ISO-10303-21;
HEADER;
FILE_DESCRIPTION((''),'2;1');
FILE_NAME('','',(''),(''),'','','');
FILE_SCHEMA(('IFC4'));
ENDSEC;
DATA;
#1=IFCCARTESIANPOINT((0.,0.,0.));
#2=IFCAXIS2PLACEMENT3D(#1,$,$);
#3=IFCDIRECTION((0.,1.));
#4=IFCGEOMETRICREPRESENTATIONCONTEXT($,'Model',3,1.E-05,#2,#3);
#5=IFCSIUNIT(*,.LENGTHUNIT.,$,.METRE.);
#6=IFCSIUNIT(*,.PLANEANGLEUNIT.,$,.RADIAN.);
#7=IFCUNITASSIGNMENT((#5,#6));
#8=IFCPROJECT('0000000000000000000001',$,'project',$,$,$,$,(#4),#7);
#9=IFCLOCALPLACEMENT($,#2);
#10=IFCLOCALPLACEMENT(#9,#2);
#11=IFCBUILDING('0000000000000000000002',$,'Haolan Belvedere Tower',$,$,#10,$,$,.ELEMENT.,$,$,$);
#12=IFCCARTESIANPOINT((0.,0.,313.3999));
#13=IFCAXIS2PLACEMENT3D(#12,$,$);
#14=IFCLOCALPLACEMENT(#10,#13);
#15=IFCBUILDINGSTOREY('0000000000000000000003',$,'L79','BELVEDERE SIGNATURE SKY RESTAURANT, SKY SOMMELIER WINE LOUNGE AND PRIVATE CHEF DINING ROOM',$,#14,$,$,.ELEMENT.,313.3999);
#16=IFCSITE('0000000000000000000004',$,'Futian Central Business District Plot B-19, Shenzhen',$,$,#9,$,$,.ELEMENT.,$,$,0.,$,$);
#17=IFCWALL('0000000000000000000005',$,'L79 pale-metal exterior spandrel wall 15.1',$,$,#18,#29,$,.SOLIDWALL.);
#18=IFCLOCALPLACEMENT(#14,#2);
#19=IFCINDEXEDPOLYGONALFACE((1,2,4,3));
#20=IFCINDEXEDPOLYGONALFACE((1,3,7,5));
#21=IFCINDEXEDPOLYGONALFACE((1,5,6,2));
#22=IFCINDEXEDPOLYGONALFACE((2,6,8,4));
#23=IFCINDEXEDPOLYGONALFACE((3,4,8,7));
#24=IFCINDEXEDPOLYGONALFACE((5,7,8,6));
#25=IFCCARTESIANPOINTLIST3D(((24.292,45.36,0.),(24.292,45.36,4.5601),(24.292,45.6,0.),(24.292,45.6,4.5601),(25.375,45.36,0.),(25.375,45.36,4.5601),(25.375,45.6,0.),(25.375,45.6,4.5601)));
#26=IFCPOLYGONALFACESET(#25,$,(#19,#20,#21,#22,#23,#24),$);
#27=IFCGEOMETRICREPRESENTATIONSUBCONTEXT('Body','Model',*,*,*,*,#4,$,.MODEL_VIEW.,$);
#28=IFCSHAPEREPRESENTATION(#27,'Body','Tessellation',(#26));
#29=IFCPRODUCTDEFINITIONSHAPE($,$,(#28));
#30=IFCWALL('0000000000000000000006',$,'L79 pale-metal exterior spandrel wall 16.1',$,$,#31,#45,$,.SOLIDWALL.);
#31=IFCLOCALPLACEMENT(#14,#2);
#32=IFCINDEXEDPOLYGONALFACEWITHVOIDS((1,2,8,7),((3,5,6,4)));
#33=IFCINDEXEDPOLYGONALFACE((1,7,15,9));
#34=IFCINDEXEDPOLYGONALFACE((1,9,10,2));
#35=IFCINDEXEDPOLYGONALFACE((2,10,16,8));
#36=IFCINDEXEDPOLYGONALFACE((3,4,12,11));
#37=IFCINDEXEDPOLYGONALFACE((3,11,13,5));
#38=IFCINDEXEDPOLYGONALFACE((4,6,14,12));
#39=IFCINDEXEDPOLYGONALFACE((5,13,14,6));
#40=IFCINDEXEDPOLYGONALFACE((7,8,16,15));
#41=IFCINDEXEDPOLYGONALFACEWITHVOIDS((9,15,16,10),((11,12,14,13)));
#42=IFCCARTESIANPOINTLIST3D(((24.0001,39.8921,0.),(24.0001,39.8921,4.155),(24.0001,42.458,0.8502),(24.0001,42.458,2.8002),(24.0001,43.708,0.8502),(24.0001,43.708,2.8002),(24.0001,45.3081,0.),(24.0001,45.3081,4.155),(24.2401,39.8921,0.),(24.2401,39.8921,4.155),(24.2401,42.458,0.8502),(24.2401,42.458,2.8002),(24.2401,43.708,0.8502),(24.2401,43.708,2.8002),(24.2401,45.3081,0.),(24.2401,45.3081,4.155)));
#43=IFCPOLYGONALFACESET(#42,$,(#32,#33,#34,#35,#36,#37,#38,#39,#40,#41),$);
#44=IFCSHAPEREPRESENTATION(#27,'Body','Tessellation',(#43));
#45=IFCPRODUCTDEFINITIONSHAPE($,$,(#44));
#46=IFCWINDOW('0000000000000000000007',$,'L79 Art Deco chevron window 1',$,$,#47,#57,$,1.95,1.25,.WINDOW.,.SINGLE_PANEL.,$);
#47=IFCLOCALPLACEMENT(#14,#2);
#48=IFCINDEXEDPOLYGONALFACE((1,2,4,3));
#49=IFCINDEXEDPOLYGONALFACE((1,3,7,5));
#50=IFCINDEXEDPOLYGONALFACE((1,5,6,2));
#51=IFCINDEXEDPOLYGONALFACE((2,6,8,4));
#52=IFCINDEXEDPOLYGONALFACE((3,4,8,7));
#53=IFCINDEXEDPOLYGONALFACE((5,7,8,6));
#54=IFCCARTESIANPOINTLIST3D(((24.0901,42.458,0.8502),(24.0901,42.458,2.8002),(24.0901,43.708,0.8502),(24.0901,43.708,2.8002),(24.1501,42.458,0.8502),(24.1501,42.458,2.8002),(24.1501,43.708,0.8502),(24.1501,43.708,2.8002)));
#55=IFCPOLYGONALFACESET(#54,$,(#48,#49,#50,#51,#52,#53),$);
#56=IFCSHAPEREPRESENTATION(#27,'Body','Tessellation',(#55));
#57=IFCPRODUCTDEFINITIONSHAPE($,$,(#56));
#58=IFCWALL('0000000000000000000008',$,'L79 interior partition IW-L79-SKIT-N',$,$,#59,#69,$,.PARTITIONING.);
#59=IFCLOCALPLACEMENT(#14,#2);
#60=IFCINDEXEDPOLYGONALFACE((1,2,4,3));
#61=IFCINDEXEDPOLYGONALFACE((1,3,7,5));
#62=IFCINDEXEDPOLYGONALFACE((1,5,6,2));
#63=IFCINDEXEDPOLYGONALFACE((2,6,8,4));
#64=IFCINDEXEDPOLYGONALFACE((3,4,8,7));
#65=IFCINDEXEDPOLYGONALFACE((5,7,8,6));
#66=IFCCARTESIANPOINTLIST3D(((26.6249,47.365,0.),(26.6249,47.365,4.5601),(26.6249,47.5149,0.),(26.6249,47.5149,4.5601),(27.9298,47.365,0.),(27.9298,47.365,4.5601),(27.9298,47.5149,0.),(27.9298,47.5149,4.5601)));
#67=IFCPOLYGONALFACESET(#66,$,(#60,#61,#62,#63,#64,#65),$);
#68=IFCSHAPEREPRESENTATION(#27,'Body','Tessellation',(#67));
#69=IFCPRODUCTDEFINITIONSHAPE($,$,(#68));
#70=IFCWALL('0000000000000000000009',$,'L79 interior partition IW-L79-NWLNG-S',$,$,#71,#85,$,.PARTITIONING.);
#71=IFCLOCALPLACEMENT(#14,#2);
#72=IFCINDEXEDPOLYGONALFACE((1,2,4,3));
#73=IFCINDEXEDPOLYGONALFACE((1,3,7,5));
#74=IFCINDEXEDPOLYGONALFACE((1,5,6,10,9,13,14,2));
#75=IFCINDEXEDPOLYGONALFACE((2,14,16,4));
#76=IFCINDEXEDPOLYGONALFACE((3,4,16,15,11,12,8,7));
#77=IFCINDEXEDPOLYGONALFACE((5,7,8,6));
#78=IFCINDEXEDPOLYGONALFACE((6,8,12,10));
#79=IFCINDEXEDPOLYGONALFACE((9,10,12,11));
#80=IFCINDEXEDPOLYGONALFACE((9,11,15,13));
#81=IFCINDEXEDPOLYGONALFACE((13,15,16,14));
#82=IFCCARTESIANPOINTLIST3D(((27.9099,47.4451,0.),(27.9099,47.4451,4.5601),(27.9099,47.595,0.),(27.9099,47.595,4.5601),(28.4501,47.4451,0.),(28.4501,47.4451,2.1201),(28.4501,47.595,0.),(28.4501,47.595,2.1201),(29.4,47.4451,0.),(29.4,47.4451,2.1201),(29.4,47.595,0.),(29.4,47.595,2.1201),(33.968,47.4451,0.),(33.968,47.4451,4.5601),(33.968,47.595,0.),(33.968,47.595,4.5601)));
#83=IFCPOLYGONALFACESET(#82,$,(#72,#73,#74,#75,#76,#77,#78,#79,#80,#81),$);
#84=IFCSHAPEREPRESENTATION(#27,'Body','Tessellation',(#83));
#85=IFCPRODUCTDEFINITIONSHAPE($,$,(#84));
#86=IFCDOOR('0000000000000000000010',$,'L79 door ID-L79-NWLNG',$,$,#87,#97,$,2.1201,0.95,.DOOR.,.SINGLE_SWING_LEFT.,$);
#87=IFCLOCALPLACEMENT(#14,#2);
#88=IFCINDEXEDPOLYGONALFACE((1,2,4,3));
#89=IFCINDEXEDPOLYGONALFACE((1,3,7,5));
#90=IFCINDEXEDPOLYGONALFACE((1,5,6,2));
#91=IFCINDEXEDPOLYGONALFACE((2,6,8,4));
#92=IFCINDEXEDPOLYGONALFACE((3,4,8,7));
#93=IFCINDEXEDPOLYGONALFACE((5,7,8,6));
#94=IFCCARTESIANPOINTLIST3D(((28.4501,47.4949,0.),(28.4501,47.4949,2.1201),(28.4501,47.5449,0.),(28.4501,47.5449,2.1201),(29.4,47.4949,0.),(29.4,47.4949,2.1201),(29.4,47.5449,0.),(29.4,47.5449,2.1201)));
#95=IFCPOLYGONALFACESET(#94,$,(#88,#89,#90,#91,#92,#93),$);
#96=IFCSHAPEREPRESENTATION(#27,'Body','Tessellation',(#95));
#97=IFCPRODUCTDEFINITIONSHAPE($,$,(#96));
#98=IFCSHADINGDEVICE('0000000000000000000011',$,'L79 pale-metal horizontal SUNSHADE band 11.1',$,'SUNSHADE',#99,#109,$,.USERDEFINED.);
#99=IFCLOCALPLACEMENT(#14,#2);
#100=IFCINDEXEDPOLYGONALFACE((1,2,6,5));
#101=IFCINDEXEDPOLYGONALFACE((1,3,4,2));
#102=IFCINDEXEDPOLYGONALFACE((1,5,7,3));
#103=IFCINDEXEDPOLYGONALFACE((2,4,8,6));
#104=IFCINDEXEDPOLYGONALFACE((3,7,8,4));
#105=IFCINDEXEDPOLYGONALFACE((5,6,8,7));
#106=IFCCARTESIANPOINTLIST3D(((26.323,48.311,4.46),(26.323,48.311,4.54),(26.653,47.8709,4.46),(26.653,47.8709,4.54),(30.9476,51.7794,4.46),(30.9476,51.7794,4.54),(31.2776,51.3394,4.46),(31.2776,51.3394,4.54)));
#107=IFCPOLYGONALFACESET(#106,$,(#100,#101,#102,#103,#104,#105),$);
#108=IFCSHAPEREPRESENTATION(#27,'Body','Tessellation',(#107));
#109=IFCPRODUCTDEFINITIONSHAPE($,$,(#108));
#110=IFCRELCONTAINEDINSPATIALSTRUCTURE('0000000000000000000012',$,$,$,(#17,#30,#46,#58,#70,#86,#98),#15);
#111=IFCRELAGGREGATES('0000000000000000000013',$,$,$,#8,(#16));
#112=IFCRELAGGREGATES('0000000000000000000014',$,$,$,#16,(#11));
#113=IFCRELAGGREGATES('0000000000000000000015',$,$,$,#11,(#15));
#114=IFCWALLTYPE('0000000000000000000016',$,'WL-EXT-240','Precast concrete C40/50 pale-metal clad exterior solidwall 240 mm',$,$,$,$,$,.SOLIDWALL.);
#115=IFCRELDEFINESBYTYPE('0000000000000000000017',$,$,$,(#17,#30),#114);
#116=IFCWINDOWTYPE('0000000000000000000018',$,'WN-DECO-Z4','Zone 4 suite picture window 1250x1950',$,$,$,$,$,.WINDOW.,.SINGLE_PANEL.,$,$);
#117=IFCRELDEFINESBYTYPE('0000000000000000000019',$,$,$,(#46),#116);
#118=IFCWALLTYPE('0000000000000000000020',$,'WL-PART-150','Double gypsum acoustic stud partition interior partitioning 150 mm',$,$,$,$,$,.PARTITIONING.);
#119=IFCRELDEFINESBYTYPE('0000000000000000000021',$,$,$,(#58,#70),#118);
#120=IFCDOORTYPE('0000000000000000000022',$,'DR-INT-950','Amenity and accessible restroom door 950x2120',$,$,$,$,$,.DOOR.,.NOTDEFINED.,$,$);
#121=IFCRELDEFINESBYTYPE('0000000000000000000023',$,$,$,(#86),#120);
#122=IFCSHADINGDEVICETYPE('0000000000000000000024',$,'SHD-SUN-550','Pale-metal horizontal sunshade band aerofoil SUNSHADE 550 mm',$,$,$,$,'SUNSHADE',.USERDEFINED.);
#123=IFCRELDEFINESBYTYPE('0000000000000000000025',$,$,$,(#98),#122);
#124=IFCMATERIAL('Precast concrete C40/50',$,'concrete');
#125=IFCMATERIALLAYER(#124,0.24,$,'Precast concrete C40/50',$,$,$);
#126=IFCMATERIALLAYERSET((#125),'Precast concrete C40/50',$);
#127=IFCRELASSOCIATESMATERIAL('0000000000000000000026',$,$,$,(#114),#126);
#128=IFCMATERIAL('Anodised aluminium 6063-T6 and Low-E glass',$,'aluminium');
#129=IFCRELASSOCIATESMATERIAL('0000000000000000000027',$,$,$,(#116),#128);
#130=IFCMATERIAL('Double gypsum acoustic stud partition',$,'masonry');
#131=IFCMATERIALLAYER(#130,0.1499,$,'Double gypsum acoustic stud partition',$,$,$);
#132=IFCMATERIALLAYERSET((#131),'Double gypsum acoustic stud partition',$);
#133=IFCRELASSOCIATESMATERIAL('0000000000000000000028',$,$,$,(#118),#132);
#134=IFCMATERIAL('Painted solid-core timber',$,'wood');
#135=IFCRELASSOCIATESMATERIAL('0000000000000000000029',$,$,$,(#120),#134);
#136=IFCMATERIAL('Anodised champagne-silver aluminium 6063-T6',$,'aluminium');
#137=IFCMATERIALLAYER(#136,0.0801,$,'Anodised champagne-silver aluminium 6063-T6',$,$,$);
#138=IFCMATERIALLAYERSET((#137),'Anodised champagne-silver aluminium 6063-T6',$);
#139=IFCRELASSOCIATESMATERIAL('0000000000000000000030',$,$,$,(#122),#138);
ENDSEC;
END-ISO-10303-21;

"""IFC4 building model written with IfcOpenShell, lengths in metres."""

from ifc_helpers import new_model, si_unit, direction, frame, frame_2d, origin, origin_2d, place, context, subcontext, project, spatial, rectangle, extrude, material, layer, layer_set, type_object, element, fill, save


model = new_model("IFC4")

# Units and contexts
model_context = context("Model", 3, precision=1e-05, world=origin(), true_north=direction((0.0, 1.0)))
body_context = subcontext(model_context, "Body", "Model", "MODEL_VIEW")
ifc_project = project(units=[si_unit("LENGTHUNIT", "METRE"), si_unit("PLANEANGLEUNIT", "RADIAN")], contexts=[model_context])

# Site, building, storey
site_placement = place(None, origin())
site = spatial("IfcSite", under=ifc_project, at=site_placement, Name="Futian Central Business District Plot B-19, Shenzhen", CompositionType="ELEMENT", RefElevation=0.0)
building_placement = place(site_placement, origin())
building = spatial("IfcBuilding", under=site, at=building_placement, Name="Haolan Belvedere Tower", CompositionType="ELEMENT")
storey_placement = place(building_placement, frame((0.0, 0.0, 313.3999)))
storey = spatial("IfcBuildingStorey", under=building, at=storey_placement, Name="L79", Description="BELVEDERE SIGNATURE SKY RESTAURANT, SKY SOMMELIER WINE LOUNGE AND PRIVATE CHEF DINING ROOM", CompositionType="ELEMENT", Elevation=313.3999)

# Wall
ifc_material_1 = material(Name="Precast concrete C40/50", Category="concrete")
ifc_layer_1 = layer(ifc_material_1, 0.24, Name="Precast concrete C40/50")
ifc_layer_set_1 = layer_set([ifc_layer_1], Name="Precast concrete C40/50")
wall_type_1 = type_object("IfcWallType", Name="WL-EXT-240", Description="Precast concrete C40/50 pale-metal clad exterior solidwall 240 mm", PredefinedType="SOLIDWALL", material=ifc_layer_set_1)
wall_1_placement = place(storey_placement, frame((25.375, 45.48, 0.0), z_axis=(0.0, 0.0, 1.0), x_axis=(-1.0, 0.0, 0.0)))
element("IfcWall", 1, at=wall_1_placement, inside=storey, type_object=wall_type_1, Name="L79 pale-metal exterior spandrel wall 15.1", PredefinedType="SOLIDWALL", context=body_context, shape_type="SweptSolid", body=[
    extrude(rectangle(XDim=1.083, YDim=0.24, at=frame_2d((0.5415, 0.0))), origin(), (0.0, 0.0, 1.0), 4.5601),
])

# Wall, opening, window
wall_2_placement = place(storey_placement, frame((24.1201, 45.3081, 0.0), z_axis=(0.0, 0.0, 1.0), x_axis=(0.0, -1.0, 0.0)))
wall_2 = element("IfcWall", 2, at=wall_2_placement, inside=storey, type_object=wall_type_1, Name="L79 pale-metal exterior spandrel wall 16.1", PredefinedType="SOLIDWALL", context=body_context, shape_type="SweptSolid", body=[
    extrude(rectangle(XDim=5.416, YDim=0.24, at=frame_2d((2.708, 0.0))), origin(), (0.0, 0.0, 1.0), 4.155),
])
opening_1_placement = place(wall_2_placement, frame((1.6001, 0.0, 0.8501)))
opening_1 = element("IfcOpeningElement", 3, at=opening_1_placement, cuts=wall_2, PredefinedType="OPENING", context=body_context, shape_type="SweptSolid", body=[
    extrude(rectangle(XDim=1.25, YDim=1.95, at=frame_2d((0.625, 0.9751))), frame((0.0, 0.1299, 0.0), z_axis=(0.0, -1.0, 0.0), x_axis=(1.0, 0.0, 0.0)), (0.0, 0.0, 1.0), 0.26),
])
ifc_material_2 = material(Name="Anodised aluminium 6063-T6 and Low-E glass", Category="aluminium")
window_type = type_object("IfcWindowType", Name="WN-DECO-Z4", Description="Zone 4 suite picture window 1250x1950", PartitioningType="SINGLE_PANEL", PredefinedType="WINDOW", material=ifc_material_2)
window_placement = place(opening_1_placement, origin())
window = element("IfcWindow", 4, at=window_placement, inside=storey, type_object=window_type, Name="L79 Art Deco chevron window 1", OverallHeight=1.95, OverallWidth=1.25, PartitioningType="SINGLE_PANEL", PredefinedType="WINDOW", context=body_context, shape_type="SweptSolid", body=[
    extrude(rectangle(XDim=1.25, YDim=1.95, at=frame_2d((0.625, 0.9751))), frame((0.0, 0.03, 0.0), z_axis=(0.0, -1.0, 0.0), x_axis=(1.0, 0.0, 0.0)), (0.0, 0.0, 1.0), 0.0601),
])
fill(opening_1, window)

# Wall
ifc_material_3 = material(Name="Double gypsum acoustic stud partition", Category="masonry")
ifc_layer_2 = layer(ifc_material_3, 0.1499, Name="Double gypsum acoustic stud partition")
ifc_layer_set_2 = layer_set([ifc_layer_2], Name="Double gypsum acoustic stud partition")
wall_type_2 = type_object("IfcWallType", Name="WL-PART-150", Description="Double gypsum acoustic stud partition interior partitioning 150 mm", PredefinedType="PARTITIONING", material=ifc_layer_set_2)
wall_3_placement = place(storey_placement, frame((26.625, 47.4399, 0.0), z_axis=(0.0, 0.0, 1.0), x_axis=(1.0, 0.0, 0.0)))
element("IfcWall", 5, at=wall_3_placement, inside=storey, type_object=wall_type_2, Name="L79 interior partition IW-L79-SKIT-N", PredefinedType="PARTITIONING", context=body_context, shape_type="SweptSolid", body=[
    extrude(rectangle(XDim=1.3049, YDim=0.1499, at=frame_2d((0.6523, 0.0))), origin(), (0.0, 0.0, 1.0), 4.5601),
])

# Wall, opening, door
wall_4_placement = place(storey_placement, frame((27.9099, 47.52, 0.0), z_axis=(0.0, 0.0, 1.0), x_axis=(1.0, 0.0, 0.0)))
wall_4 = element("IfcWall", 6, at=wall_4_placement, inside=storey, type_object=wall_type_2, Name="L79 interior partition IW-L79-NWLNG-S", PredefinedType="PARTITIONING", context=body_context, shape_type="SweptSolid", body=[
    extrude(rectangle(XDim=6.0581, YDim=0.1499, at=frame_2d((3.0291, 0.0))), origin(), (0.0, 0.0, 1.0), 4.5601),
])
opening_2_placement = place(wall_4_placement, frame((0.54, 0.0, 0.0)))
opening_2 = element("IfcOpeningElement", 7, at=opening_2_placement, cuts=wall_4, PredefinedType="OPENING", context=body_context, shape_type="SweptSolid", body=[
    extrude(rectangle(XDim=0.95, YDim=2.1201, at=frame_2d((0.4751, 1.0601))), frame((0.0, 0.085, 0.0), z_axis=(0.0, -1.0, 0.0), x_axis=(1.0, 0.0, 0.0)), (0.0, 0.0, 1.0), 0.1699),
])
ifc_material_4 = material(Name="Painted solid-core timber", Category="wood")
door_type_1 = type_object("IfcDoorType", Name="DR-INT-950", Description="Amenity and accessible restroom door 950x2120", OperationType="NOTDEFINED", PredefinedType="DOOR", material=ifc_material_4)
door_1_placement = place(opening_2_placement, origin())
door_1 = element("IfcDoor", 8, at=door_1_placement, inside=storey, type_object=door_type_1, Name="L79 door ID-L79-NWLNG", OperationType="SINGLE_SWING_LEFT", OverallHeight=2.1201, OverallWidth=0.95, PredefinedType="DOOR", context=body_context, shape_type="SweptSolid", body=[
    extrude(rectangle(XDim=0.95, YDim=2.1201, at=frame_2d((0.4751, 1.0601))), frame((0.0, 0.0249, 0.0), z_axis=(0.0, -1.0, 0.0), x_axis=(1.0, 0.0, 0.0)), (0.0, 0.0, 1.0), 0.05),
])
fill(opening_2, door_1)

# Shading device
ifc_material_5 = material(Name="Anodised champagne-silver aluminium 6063-T6", Category="aluminium")
ifc_layer_3 = layer(ifc_material_5, 0.0801, Name="Anodised champagne-silver aluminium 6063-T6")
ifc_layer_set_3 = layer_set([ifc_layer_3], Name="Anodised champagne-silver aluminium 6063-T6")
shading_device_type = type_object("IfcShadingDeviceType", Name="SHD-SUN-550", Description="Pale-metal horizontal sunshade band aerofoil SUNSHADE 550 mm", ElementType="SUNSHADE", PredefinedType="USERDEFINED", material=ifc_layer_set_3)
shading_device_placement = place(storey_placement, frame((28.8003, 49.8252, 4.46), z_axis=(0.0, 0.0, 1.0), x_axis=(-0.799999, -0.600001, 0.0)))
element("IfcShadingDevice", 9, at=shading_device_placement, inside=storey, type_object=shading_device_type, Name="L79 pale-metal horizontal SUNSHADE band 11.1", ObjectType="SUNSHADE", PredefinedType="USERDEFINED", context=body_context, shape_type="SweptSolid", body=[
    extrude(rectangle(XDim=5.7808, YDim=0.55, at=origin_2d()), origin(), (0.0, 0.0, 1.0), 0.0801),
])

save(model, "model.ifc")
